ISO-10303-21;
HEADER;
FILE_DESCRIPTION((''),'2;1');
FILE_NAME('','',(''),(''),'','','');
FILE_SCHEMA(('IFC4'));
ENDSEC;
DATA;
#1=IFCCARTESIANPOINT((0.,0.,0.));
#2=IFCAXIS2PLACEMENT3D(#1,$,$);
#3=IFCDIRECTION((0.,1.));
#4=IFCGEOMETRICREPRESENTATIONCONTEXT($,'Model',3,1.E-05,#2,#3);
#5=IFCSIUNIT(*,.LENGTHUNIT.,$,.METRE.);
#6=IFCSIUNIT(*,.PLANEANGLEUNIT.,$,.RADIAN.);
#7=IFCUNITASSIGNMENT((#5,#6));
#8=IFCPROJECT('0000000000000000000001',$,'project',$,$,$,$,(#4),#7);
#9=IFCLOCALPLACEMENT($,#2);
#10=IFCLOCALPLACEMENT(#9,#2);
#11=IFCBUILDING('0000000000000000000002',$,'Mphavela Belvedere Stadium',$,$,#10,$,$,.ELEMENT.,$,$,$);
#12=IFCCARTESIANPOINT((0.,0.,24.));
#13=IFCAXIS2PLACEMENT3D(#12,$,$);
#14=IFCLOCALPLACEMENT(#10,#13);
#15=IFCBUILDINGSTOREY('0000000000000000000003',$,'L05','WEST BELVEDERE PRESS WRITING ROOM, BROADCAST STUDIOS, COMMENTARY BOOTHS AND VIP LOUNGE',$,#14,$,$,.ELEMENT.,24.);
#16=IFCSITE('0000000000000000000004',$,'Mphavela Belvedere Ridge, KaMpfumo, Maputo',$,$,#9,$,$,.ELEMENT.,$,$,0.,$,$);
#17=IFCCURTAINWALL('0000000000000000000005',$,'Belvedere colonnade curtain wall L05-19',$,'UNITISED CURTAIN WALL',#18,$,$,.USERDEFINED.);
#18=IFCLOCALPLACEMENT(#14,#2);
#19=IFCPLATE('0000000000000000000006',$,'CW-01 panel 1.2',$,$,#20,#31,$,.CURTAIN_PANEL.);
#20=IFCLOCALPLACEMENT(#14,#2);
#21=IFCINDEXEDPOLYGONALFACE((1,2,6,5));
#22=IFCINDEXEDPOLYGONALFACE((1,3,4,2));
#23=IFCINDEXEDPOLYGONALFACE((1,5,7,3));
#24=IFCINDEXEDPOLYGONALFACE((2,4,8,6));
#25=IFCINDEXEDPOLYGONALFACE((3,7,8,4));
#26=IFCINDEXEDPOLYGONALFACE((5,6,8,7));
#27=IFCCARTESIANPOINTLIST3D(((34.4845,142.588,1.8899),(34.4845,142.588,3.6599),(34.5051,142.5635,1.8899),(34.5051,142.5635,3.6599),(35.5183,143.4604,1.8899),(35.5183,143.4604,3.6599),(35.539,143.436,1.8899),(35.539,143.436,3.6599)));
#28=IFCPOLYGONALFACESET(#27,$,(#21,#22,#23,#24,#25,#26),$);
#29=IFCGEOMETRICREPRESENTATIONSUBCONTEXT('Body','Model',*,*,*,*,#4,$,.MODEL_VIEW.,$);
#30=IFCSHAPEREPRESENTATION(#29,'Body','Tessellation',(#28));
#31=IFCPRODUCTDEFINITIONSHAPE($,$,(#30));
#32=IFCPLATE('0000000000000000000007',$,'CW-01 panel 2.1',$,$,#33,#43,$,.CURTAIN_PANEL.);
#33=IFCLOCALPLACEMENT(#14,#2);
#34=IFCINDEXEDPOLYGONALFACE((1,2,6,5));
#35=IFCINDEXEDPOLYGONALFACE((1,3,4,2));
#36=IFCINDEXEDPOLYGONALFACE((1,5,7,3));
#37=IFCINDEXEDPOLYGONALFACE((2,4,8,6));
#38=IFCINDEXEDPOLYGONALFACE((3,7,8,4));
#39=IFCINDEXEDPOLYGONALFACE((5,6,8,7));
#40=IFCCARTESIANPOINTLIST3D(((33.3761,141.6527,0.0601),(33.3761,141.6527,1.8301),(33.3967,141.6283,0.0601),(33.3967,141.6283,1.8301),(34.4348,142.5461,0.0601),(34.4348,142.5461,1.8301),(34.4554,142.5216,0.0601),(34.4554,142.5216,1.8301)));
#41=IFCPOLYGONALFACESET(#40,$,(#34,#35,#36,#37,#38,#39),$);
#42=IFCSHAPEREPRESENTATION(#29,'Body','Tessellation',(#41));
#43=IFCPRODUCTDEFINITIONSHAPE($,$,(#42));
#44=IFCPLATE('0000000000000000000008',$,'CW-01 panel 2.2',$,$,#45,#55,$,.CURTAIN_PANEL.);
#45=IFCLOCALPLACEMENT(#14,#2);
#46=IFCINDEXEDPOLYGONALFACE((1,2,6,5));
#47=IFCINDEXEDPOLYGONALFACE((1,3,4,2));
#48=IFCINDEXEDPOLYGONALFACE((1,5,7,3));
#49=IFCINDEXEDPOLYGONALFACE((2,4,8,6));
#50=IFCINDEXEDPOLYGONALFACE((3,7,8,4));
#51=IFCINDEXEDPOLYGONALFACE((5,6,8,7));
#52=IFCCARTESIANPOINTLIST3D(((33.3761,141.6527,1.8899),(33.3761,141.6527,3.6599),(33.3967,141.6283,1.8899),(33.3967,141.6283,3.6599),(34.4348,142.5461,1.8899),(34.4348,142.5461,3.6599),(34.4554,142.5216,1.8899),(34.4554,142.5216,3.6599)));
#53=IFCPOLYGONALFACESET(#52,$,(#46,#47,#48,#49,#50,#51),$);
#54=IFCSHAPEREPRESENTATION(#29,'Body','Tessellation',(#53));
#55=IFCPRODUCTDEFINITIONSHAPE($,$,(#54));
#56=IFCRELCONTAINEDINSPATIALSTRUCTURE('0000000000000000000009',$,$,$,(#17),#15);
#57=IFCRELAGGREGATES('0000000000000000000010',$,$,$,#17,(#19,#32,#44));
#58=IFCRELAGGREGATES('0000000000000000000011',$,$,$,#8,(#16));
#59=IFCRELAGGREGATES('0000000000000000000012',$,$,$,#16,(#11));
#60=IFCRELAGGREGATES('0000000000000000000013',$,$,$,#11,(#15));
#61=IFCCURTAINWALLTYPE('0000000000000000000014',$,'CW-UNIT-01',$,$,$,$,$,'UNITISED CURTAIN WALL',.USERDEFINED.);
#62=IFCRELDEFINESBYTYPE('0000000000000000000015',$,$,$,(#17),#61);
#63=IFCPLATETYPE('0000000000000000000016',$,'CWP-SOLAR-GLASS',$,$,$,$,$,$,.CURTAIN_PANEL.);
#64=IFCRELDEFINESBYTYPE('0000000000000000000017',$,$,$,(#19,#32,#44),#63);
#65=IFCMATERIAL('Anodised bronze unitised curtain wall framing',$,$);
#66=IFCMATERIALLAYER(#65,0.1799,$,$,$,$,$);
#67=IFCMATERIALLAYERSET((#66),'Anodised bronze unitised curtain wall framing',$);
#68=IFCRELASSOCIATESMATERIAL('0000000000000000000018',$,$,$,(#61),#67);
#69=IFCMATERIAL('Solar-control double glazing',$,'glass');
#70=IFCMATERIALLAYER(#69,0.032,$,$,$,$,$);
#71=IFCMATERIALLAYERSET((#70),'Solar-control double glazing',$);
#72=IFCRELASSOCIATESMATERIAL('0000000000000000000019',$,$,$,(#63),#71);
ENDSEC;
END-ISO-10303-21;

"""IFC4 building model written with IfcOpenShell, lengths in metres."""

from ifc_helpers import new_model, si_unit, direction, frame, origin, origin_2d, place, context, subcontext, project, spatial, rectangle, extrude, material, layer, layer_set, type_object, element, aggregate, save


model = new_model("IFC4")

# Units and contexts
model_context = context("Model", 3, precision=1e-05, world=origin(), true_north=direction((0.0, 1.0)))
body_context = subcontext(model_context, "Body", "Model", "MODEL_VIEW")
ifc_project = project(units=[si_unit("LENGTHUNIT", "METRE"), si_unit("PLANEANGLEUNIT", "RADIAN")], contexts=[model_context])

# Site, building, storey
site_placement = place(None, origin())
site = spatial("IfcSite", under=ifc_project, at=site_placement, Name="Mphavela Belvedere Ridge, KaMpfumo, Maputo", CompositionType="ELEMENT", RefElevation=0.0)
building_placement = place(site_placement, origin())
building = spatial("IfcBuilding", under=site, at=building_placement, Name="Mphavela Belvedere Stadium", CompositionType="ELEMENT")
storey_placement = place(building_placement, frame((0.0, 0.0, 24.0)))
storey = spatial("IfcBuildingStorey", under=building, at=storey_placement, Name="L05", Description="WEST BELVEDERE PRESS WRITING ROOM, BROADCAST STUDIOS, COMMENTARY BOOTHS AND VIP LOUNGE", CompositionType="ELEMENT", Elevation=24.0)

# Curtain wall
ifc_material_1 = material(Name="Anodised bronze unitised curtain wall framing")
ifc_layer_1 = layer(ifc_material_1, 0.1799)
ifc_layer_set_1 = layer_set([ifc_layer_1], Name="Anodised bronze unitised curtain wall framing")
curtain_wall_type_1 = type_object("IfcCurtainWallType", Name="CW-UNIT-01", ElementType="UNITISED CURTAIN WALL", PredefinedType="USERDEFINED", material=ifc_layer_set_1)
curtain_wall_1_placement = place(storey_placement, origin())
curtain_wall_1 = element("IfcCurtainWall", 1, at=curtain_wall_1_placement, inside=storey, type_object=curtain_wall_type_1, Name="Belvedere colonnade curtain wall L05-19", ObjectType="UNITISED CURTAIN WALL", PredefinedType="USERDEFINED")

# Plates
ifc_material_2 = material(Name="Solar-control double glazing", Category="glass")
ifc_layer_2 = layer(ifc_material_2, 0.032)
ifc_layer_set_2 = layer_set([ifc_layer_2], Name="Solar-control double glazing")
plate_type = type_object("IfcPlateType", Name="CWP-SOLAR-GLASS", PredefinedType="CURTAIN_PANEL", material=ifc_layer_set_2)
plate_1_placement = place(storey_placement, frame((35.0117, 143.012, 1.8899), z_axis=(0.0, 0.0, 1.0), x_axis=(-0.764253, -0.644916, 0.0)))
plate_1 = element("IfcPlate", 2, at=plate_1_placement, type_object=plate_type, Name="CW-01 panel 1.2", PredefinedType="CURTAIN_PANEL", context=body_context, shape_type="SweptSolid", body=[
    extrude(rectangle(XDim=1.3528, YDim=0.032, at=origin_2d()), origin(), (0.0, 0.0, 1.0), 1.77),
])
plate_2_placement = place(storey_placement, frame((33.9158, 142.0872, 0.0601), z_axis=(0.0, 0.0, 1.0), x_axis=(-0.764253, -0.644916, 0.0)))
plate_2 = element("IfcPlate", 3, at=plate_2_placement, type_object=plate_type, Name="CW-01 panel 2.1", PredefinedType="CURTAIN_PANEL", context=body_context, shape_type="SweptSolid", body=[
    extrude(rectangle(XDim=1.3853, YDim=0.032, at=origin_2d()), origin(), (0.0, 0.0, 1.0), 1.77),
])
plate_3_placement = place(storey_placement, frame((33.9158, 142.0872, 1.8899), z_axis=(0.0, 0.0, 1.0), x_axis=(-0.764253, -0.644916, 0.0)))
plate_3 = element("IfcPlate", 4, at=plate_3_placement, type_object=plate_type, Name="CW-01 panel 2.2", PredefinedType="CURTAIN_PANEL", context=body_context, shape_type="SweptSolid", body=[
    extrude(rectangle(XDim=1.3853, YDim=0.032, at=origin_2d()), origin(), (0.0, 0.0, 1.0), 1.77),
])
aggregate(curtain_wall_1, [plate_1, plate_2, plate_3])

save(model, "model.ifc")
